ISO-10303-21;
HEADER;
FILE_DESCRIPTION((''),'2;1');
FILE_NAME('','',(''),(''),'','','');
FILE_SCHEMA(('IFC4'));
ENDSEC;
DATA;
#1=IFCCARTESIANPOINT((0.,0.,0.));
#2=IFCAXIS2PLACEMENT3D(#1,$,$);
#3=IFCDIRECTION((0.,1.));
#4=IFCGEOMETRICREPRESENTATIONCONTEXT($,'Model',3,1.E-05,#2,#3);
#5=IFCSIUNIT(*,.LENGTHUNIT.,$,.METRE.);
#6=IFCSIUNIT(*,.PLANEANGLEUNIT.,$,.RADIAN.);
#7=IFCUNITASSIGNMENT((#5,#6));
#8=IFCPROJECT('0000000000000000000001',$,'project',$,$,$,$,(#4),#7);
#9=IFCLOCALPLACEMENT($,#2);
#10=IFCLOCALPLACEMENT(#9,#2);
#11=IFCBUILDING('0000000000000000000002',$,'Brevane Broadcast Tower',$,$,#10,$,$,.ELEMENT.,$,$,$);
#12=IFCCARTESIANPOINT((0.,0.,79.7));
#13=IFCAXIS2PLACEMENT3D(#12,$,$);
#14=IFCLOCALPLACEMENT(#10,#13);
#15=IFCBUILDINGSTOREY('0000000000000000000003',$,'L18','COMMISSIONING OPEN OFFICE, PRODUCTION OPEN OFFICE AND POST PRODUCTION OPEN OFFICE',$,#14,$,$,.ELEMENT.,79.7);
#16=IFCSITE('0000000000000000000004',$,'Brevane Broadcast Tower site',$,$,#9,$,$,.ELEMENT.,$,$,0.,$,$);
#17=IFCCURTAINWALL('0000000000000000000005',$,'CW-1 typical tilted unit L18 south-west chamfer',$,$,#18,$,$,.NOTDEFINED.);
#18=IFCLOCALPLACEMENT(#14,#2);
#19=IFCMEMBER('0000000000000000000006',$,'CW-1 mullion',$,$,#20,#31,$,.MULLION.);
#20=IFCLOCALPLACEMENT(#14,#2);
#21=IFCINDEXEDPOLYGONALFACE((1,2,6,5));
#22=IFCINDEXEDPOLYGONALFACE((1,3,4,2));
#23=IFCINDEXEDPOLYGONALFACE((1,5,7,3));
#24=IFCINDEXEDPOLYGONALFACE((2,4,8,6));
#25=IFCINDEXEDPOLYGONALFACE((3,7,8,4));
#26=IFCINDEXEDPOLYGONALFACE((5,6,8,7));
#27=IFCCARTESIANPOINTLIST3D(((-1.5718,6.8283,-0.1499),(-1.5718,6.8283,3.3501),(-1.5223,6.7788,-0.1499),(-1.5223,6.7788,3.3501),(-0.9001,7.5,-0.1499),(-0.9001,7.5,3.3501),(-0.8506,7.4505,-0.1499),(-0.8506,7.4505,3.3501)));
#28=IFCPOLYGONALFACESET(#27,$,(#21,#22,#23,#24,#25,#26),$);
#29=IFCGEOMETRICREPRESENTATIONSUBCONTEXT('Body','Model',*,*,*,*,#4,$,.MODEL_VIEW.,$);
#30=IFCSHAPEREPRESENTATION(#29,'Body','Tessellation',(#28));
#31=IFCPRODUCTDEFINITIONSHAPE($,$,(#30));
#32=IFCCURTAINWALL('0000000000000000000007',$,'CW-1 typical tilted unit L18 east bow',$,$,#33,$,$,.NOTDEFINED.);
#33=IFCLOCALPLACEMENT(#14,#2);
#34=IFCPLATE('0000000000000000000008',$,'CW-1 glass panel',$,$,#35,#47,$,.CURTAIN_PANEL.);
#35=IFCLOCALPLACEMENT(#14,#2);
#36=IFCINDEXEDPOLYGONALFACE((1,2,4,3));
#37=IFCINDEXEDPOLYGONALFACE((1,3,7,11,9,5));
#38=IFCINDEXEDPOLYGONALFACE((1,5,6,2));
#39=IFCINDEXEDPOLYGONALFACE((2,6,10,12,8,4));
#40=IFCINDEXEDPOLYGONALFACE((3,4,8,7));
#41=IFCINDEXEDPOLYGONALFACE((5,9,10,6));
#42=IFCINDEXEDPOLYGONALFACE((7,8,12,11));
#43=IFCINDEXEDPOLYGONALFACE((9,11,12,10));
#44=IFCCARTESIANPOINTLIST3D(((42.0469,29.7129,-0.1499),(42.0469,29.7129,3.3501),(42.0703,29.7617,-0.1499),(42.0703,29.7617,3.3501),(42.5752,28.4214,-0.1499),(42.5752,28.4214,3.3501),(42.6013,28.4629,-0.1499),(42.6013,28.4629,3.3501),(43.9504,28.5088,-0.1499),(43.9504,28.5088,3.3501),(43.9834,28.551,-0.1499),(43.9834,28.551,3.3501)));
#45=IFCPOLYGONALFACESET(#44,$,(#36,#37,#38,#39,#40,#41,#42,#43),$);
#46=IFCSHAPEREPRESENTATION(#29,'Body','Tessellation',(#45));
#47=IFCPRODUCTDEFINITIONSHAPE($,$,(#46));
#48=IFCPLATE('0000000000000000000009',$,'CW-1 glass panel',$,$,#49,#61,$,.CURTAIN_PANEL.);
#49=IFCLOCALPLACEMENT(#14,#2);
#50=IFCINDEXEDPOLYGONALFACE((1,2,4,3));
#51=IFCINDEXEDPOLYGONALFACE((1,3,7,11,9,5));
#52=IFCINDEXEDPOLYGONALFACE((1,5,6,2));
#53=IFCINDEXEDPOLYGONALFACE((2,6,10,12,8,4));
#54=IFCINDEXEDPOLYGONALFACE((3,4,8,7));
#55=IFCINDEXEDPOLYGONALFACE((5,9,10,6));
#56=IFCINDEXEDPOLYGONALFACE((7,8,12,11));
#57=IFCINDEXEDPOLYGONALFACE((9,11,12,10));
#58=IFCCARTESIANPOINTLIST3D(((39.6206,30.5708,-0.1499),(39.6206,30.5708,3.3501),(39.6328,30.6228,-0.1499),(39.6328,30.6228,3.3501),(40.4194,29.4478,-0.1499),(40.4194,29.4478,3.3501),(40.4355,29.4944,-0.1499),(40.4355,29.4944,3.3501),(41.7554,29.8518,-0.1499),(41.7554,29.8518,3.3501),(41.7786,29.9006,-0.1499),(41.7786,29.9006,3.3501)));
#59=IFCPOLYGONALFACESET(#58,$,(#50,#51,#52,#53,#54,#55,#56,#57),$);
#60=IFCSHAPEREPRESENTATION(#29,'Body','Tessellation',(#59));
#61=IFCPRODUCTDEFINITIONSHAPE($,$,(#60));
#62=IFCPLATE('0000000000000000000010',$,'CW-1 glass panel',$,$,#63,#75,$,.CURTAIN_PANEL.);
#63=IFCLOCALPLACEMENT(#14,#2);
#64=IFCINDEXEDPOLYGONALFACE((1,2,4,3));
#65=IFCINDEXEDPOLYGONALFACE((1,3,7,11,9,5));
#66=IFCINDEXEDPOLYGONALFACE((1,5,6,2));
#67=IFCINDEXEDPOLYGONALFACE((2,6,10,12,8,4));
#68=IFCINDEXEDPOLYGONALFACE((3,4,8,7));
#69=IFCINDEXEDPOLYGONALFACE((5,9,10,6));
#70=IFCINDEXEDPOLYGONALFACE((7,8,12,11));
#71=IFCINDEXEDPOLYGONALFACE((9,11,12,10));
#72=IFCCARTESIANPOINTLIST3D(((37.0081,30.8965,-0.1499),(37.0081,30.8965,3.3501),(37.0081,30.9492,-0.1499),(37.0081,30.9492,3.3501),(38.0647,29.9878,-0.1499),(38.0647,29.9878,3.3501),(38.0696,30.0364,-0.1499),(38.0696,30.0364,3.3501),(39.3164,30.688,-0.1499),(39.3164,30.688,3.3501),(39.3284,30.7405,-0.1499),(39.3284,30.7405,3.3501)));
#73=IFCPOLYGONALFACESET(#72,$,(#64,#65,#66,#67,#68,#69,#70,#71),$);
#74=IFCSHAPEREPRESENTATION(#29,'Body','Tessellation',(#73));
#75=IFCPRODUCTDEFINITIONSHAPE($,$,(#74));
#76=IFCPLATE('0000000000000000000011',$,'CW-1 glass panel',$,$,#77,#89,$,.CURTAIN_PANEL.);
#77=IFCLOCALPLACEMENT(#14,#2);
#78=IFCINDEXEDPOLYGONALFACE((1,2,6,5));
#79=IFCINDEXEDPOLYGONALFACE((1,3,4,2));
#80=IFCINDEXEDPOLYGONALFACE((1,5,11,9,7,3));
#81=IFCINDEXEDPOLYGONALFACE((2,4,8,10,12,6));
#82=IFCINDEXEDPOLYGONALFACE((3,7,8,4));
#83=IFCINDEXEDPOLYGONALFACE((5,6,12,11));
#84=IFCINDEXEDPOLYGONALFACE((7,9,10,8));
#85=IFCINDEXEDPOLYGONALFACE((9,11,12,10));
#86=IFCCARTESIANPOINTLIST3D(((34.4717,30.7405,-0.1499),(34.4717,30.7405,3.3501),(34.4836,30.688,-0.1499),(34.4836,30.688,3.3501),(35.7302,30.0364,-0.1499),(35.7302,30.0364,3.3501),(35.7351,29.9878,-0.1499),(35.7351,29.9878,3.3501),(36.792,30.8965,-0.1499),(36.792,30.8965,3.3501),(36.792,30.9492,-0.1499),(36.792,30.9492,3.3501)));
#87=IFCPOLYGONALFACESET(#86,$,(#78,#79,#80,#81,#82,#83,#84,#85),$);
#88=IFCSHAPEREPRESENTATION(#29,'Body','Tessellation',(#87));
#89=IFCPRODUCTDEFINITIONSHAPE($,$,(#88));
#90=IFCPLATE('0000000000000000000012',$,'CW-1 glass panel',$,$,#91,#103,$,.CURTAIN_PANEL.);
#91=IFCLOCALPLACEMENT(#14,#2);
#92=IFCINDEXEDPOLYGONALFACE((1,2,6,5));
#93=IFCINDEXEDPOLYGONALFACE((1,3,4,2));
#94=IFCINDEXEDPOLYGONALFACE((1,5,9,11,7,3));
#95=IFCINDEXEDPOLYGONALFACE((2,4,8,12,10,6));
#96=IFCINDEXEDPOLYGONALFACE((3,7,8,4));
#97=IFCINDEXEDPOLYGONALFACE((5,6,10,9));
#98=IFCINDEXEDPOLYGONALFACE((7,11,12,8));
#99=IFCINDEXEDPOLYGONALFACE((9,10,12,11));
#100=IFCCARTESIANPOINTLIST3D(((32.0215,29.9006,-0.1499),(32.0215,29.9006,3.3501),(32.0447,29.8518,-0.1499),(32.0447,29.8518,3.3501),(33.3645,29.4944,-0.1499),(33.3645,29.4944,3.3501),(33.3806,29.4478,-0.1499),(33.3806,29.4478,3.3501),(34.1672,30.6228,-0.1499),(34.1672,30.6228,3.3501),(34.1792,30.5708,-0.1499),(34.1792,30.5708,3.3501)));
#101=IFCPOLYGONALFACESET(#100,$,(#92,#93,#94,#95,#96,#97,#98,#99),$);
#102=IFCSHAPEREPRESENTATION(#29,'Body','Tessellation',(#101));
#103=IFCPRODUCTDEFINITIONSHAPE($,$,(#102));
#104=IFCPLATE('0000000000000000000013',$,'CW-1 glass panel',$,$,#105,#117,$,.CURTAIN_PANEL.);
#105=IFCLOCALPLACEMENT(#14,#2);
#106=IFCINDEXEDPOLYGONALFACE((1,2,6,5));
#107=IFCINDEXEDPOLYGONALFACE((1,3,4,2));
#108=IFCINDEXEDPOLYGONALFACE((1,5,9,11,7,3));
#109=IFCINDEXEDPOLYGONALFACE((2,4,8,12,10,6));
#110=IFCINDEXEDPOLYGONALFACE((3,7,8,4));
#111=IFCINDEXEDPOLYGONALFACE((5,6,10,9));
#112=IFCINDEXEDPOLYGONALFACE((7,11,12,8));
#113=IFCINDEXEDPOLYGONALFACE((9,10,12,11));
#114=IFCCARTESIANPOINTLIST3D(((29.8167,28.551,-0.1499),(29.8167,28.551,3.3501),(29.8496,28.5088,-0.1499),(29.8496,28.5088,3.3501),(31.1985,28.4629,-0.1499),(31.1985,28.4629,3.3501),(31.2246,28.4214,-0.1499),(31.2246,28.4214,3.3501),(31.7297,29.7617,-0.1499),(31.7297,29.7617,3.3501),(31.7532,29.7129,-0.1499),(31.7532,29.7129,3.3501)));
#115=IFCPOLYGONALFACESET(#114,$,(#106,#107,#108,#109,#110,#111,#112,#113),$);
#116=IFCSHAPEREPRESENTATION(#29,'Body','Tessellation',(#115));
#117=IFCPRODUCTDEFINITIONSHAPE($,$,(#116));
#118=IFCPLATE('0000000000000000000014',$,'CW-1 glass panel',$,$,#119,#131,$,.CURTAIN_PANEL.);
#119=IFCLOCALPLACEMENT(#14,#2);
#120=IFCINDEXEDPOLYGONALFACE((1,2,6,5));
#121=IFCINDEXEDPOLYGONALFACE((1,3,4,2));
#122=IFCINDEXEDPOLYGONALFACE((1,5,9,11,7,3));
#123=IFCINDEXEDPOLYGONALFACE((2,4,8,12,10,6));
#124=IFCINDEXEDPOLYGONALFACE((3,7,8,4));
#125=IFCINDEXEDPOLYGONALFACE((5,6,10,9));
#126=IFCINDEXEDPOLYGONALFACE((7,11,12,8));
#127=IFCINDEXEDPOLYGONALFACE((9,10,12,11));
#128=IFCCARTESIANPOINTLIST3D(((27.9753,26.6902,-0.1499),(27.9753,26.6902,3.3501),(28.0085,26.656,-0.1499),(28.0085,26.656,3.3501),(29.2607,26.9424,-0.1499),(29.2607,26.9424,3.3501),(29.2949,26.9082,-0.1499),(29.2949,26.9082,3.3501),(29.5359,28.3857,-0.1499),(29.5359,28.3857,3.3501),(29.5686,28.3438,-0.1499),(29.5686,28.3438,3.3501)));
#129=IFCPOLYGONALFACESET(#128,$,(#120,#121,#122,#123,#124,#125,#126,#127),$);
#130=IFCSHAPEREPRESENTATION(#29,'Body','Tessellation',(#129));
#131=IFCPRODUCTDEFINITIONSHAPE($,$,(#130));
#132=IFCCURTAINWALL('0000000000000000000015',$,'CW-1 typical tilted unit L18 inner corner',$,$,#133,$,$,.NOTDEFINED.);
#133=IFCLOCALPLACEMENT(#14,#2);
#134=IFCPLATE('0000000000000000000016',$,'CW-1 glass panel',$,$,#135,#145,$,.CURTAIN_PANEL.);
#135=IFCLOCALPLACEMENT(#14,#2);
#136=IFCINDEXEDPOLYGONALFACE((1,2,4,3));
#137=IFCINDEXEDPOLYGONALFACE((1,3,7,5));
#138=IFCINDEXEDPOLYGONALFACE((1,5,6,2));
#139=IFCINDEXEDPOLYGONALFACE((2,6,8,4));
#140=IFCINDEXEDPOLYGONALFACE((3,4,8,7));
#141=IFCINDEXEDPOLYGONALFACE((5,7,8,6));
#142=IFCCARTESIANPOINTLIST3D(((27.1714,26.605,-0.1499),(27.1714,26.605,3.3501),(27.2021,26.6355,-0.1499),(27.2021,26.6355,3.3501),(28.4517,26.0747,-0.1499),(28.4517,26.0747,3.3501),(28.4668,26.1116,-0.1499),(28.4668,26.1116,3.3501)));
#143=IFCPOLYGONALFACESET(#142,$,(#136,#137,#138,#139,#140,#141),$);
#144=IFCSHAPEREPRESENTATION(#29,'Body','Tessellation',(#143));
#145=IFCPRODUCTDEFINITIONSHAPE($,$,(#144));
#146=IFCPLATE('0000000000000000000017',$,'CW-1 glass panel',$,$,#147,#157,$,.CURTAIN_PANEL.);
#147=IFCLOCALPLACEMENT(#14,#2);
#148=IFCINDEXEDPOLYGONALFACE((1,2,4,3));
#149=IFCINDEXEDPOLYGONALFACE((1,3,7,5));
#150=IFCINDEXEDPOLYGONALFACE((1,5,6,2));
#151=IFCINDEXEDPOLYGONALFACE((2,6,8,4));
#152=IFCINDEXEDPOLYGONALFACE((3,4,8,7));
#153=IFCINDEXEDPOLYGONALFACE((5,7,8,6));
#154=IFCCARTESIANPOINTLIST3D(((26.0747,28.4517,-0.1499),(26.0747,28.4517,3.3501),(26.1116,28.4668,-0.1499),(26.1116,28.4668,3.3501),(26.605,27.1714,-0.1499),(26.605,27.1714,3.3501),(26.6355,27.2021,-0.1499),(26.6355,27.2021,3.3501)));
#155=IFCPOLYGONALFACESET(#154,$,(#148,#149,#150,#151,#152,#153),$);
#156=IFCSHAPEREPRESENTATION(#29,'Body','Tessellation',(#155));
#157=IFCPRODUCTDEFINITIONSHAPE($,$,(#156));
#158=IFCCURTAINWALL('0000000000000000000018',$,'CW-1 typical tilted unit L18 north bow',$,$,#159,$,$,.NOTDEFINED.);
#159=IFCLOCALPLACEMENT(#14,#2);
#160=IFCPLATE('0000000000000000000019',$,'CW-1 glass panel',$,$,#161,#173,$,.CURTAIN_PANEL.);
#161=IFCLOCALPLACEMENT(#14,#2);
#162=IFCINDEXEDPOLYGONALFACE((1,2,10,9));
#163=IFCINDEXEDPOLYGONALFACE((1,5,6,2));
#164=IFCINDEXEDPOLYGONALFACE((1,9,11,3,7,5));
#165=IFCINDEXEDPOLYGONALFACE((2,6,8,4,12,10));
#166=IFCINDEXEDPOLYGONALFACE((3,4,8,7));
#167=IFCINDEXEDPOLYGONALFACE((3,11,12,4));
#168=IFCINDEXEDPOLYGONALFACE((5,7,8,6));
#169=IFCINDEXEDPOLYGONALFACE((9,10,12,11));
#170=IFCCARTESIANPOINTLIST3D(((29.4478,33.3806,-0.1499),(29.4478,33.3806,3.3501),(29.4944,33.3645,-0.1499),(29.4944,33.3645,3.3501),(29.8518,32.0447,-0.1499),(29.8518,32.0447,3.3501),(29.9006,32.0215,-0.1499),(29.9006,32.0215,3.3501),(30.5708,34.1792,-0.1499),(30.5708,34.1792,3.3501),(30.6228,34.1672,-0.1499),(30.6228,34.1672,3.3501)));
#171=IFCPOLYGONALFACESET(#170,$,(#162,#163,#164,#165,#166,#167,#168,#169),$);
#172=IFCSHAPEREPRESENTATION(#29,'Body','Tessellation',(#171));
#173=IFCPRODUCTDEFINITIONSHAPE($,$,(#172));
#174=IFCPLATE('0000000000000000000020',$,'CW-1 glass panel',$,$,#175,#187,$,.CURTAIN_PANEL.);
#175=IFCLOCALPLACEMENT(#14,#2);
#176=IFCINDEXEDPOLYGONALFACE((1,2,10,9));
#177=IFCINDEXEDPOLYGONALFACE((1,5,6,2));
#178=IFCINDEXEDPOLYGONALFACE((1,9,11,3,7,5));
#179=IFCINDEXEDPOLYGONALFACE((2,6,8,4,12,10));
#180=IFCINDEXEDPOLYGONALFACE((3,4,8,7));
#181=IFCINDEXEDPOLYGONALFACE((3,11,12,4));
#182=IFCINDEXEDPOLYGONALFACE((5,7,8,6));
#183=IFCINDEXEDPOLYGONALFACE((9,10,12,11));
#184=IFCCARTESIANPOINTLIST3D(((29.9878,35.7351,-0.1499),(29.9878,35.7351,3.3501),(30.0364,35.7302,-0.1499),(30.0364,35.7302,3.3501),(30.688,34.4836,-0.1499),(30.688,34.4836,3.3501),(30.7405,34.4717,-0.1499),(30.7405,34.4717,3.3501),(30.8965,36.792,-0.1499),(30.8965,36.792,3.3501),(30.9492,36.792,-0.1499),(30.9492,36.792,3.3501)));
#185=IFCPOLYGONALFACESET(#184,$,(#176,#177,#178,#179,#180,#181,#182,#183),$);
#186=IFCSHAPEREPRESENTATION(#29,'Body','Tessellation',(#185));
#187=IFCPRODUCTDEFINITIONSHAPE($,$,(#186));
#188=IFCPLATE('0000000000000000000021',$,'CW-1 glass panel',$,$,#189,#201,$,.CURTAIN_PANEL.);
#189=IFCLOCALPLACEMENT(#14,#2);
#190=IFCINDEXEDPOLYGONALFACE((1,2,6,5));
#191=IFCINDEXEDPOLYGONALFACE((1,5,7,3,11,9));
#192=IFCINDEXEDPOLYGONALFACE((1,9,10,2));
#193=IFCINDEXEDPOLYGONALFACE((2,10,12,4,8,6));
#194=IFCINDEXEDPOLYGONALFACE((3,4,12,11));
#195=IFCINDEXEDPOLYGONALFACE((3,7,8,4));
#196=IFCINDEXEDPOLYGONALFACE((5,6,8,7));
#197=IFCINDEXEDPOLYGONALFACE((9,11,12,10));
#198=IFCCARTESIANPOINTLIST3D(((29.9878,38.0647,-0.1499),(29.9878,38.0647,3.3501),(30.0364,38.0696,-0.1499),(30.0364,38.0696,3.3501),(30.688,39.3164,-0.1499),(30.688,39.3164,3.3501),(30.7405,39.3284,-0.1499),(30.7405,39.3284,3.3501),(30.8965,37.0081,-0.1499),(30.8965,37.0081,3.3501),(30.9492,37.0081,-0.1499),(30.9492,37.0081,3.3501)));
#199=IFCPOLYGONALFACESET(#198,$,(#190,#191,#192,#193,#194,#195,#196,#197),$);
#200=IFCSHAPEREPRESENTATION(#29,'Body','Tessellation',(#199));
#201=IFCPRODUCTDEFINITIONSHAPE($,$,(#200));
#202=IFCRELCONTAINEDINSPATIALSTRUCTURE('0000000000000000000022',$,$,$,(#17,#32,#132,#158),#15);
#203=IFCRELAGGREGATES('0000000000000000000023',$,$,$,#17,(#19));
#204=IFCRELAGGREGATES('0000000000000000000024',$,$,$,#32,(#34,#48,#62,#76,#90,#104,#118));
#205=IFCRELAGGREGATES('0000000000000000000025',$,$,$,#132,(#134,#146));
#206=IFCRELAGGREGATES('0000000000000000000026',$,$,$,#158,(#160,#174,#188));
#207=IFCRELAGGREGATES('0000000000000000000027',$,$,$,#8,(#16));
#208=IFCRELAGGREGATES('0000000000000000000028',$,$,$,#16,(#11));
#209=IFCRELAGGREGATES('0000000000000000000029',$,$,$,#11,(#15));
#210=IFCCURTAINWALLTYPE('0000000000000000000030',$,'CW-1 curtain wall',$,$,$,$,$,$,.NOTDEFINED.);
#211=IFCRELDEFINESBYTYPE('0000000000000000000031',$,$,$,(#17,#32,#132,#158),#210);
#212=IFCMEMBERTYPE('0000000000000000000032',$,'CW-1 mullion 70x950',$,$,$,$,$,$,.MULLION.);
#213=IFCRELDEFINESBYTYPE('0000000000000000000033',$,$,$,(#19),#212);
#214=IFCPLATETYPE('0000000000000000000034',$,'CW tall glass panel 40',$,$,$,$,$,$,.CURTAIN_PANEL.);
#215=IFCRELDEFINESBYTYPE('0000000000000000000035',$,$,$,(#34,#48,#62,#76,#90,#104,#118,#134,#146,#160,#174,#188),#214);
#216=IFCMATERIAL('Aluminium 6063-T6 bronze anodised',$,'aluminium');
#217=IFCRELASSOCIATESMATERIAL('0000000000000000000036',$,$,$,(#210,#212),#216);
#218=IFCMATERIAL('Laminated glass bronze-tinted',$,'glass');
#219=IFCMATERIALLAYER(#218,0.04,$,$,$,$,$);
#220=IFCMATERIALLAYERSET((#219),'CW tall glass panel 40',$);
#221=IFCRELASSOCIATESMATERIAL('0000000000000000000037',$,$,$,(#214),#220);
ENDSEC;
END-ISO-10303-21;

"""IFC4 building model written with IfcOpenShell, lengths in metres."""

from ifc_helpers import new_model, si_unit, direction, frame, origin, origin_2d, place, context, subcontext, project, spatial, polyline, rectangle, outline, extrude, material, layer, layer_set, material_profile, profile_set, type_object, element, aggregate, save


model = new_model("IFC4")

# Units and contexts
model_context = context("Model", 3, precision=1e-05, world=origin(), true_north=direction((0.0, 1.0)))
body_context = subcontext(model_context, "Body", "Model", "MODEL_VIEW")
ifc_project = project(units=[si_unit("LENGTHUNIT", "METRE"), si_unit("PLANEANGLEUNIT", "RADIAN")], contexts=[model_context])

# Site, building, storey
site_placement = place(None, origin())
site = spatial("IfcSite", under=ifc_project, at=site_placement, Name="Brevane Broadcast Tower site", CompositionType="ELEMENT", RefElevation=0.0)
building_placement = place(site_placement, origin())
building = spatial("IfcBuilding", under=site, at=building_placement, Name="Brevane Broadcast Tower", CompositionType="ELEMENT")
storey_placement = place(building_placement, frame((0.0, 0.0, 79.7)))
storey = spatial("IfcBuildingStorey", under=building, at=storey_placement, Name="L18", Description="COMMISSIONING OPEN OFFICE, PRODUCTION OPEN OFFICE AND POST PRODUCTION OPEN OFFICE", CompositionType="ELEMENT", Elevation=79.7)

# Curtain wall, member
ifc_material_1 = material(Name="Aluminium 6063-T6 bronze anodised", Category="aluminium")
curtain_wall_type = type_object("IfcCurtainWallType", Name="CW-1 curtain wall", PredefinedType="NOTDEFINED", material=ifc_material_1)
curtain_wall_1_placement = place(storey_placement, origin())
curtain_wall_1 = element("IfcCurtainWall", 1, at=curtain_wall_1_placement, inside=storey, type_object=curtain_wall_type, Name="CW-1 typical tilted unit L18 south-west chamfer", PredefinedType="NOTDEFINED")
ifc_material_profile = material_profile(ifc_material_1, rectangle(XDim=0.95, YDim=0.0701, at=origin_2d()), Name="RECT 70x950")
ifc_profile_set = profile_set([ifc_material_profile], Name="Aluminium 6063-T6 bronze anodised")
member_type = type_object("IfcMemberType", Name="CW-1 mullion 70x950", PredefinedType="MULLION", material=ifc_profile_set)
member_placement = place(storey_placement, frame((-1.2112, 7.1394, -0.1499), z_axis=(0.0, 0.0, 1.0), x_axis=(0.707107, 0.707107, 0.0)))
member = element("IfcMember", 2, at=member_placement, type_object=member_type, Name="CW-1 mullion", PredefinedType="MULLION", context=body_context, shape_type="SweptSolid", body=[
    extrude(rectangle(XDim=0.95, YDim=0.0701, at=origin_2d()), origin(), (0.0, 0.0, 1.0), 3.5),
])
aggregate(curtain_wall_1, [member])

# Curtain walls, plates
curtain_wall_2_placement = place(storey_placement, origin())
curtain_wall_2 = element("IfcCurtainWall", 3, at=curtain_wall_2_placement, inside=storey, type_object=curtain_wall_type, Name="CW-1 typical tilted unit L18 east bow", PredefinedType="NOTDEFINED")
ifc_material_2 = material(Name="Laminated glass bronze-tinted", Category="glass")
ifc_layer_1 = layer(ifc_material_2, 0.04)
ifc_layer_set_1 = layer_set([ifc_layer_1], Name="CW tall glass panel 40")
plate_type = type_object("IfcPlateType", Name="CW tall glass panel 40", PredefinedType="CURTAIN_PANEL", material=ifc_layer_set_1)
plate_1_placement = place(storey_placement, frame((0.0, 0.0, -0.1499)))
plate_1 = element("IfcPlate", 4, at=plate_1_placement, type_object=plate_type, Name="CW-1 glass panel", PredefinedType="CURTAIN_PANEL", context=body_context, shape_type="SweptSolid", body=[
    extrude(outline(polyline([(43.9504, 28.5088), (43.9834, 28.551), (42.6013, 28.4629), (42.0703, 29.7617), (42.0469, 29.7129), (42.5752, 28.4214), (43.9504, 28.5088)])), origin(), (0.0, 0.0, 1.0), 3.5),
])
plate_2_placement = place(storey_placement, frame((0.0, 0.0, -0.1499)))
plate_2 = element("IfcPlate", 5, at=plate_2_placement, type_object=plate_type, Name="CW-1 glass panel", PredefinedType="CURTAIN_PANEL", context=body_context, shape_type="SweptSolid", body=[
    extrude(outline(polyline([(41.7554, 29.8518), (41.7786, 29.9006), (40.4355, 29.4944), (39.6328, 30.6228), (39.6206, 30.5708), (40.4194, 29.4478), (41.7554, 29.8518)])), origin(), (0.0, 0.0, 1.0), 3.5),
])
plate_3_placement = place(storey_placement, frame((0.0, 0.0, -0.1499)))
plate_3 = element("IfcPlate", 6, at=plate_3_placement, type_object=plate_type, Name="CW-1 glass panel", PredefinedType="CURTAIN_PANEL", context=body_context, shape_type="SweptSolid", body=[
    extrude(outline(polyline([(39.3164, 30.688), (39.3284, 30.7405), (38.0696, 30.0364), (37.0081, 30.9492), (37.0081, 30.8965), (38.0647, 29.9878), (39.3164, 30.688)])), origin(), (0.0, 0.0, 1.0), 3.5),
])
plate_4_placement = place(storey_placement, frame((0.0, 0.0, -0.1499)))
plate_4 = element("IfcPlate", 7, at=plate_4_placement, type_object=plate_type, Name="CW-1 glass panel", PredefinedType="CURTAIN_PANEL", context=body_context, shape_type="SweptSolid", body=[
    extrude(outline(polyline([(36.792, 30.8965), (36.792, 30.9492), (35.7302, 30.0364), (34.4717, 30.7405), (34.4836, 30.688), (35.7351, 29.9878), (36.792, 30.8965)])), origin(), (0.0, 0.0, 1.0), 3.5),
])
plate_5_placement = place(storey_placement, frame((0.0, 0.0, -0.1499)))
plate_5 = element("IfcPlate", 8, at=plate_5_placement, type_object=plate_type, Name="CW-1 glass panel", PredefinedType="CURTAIN_PANEL", context=body_context, shape_type="SweptSolid", body=[
    extrude(outline(polyline([(34.1792, 30.5708), (34.1672, 30.6228), (33.3645, 29.4944), (32.0215, 29.9006), (32.0447, 29.8518), (33.3806, 29.4478), (34.1792, 30.5708)])), origin(), (0.0, 0.0, 1.0), 3.5),
])
plate_6_placement = place(storey_placement, frame((0.0, 0.0, -0.1499)))
plate_6 = element("IfcPlate", 9, at=plate_6_placement, type_object=plate_type, Name="CW-1 glass panel", PredefinedType="CURTAIN_PANEL", context=body_context, shape_type="SweptSolid", body=[
    extrude(outline(polyline([(31.7532, 29.7129), (31.7297, 29.7617), (31.1985, 28.4629), (29.8167, 28.551), (29.8496, 28.5088), (31.2246, 28.4214), (31.7532, 29.7129)])), origin(), (0.0, 0.0, 1.0), 3.5),
])
plate_7_placement = place(storey_placement, frame((0.0, 0.0, -0.1499)))
plate_7 = element("IfcPlate", 10, at=plate_7_placement, type_object=plate_type, Name="CW-1 glass panel", PredefinedType="CURTAIN_PANEL", context=body_context, shape_type="SweptSolid", body=[
    extrude(outline(polyline([(29.5686, 28.3438), (29.5359, 28.3857), (29.2607, 26.9424), (27.9753, 26.6902), (28.0085, 26.656), (29.2949, 26.9082), (29.5686, 28.3438)])), origin(), (0.0, 0.0, 1.0), 3.5),
])
aggregate(curtain_wall_2, [plate_1, plate_2, plate_3, plate_4, plate_5, plate_6, plate_7])
curtain_wall_3_placement = place(storey_placement, origin())
curtain_wall_3 = element("IfcCurtainWall", 11, at=curtain_wall_3_placement, inside=storey, type_object=curtain_wall_type, Name="CW-1 typical tilted unit L18 inner corner", PredefinedType="NOTDEFINED")
plate_8_placement = place(storey_placement, frame((0.0, 0.0, -0.1499)))
plate_8 = element("IfcPlate", 12, at=plate_8_placement, type_object=plate_type, Name="CW-1 glass panel", PredefinedType="CURTAIN_PANEL", context=body_context, shape_type="SweptSolid", body=[
    extrude(outline(polyline([(28.4517, 26.0747), (28.4668, 26.1116), (27.2021, 26.6355), (27.1714, 26.605), (28.4517, 26.0747)])), origin(), (0.0, 0.0, 1.0), 3.5),
])
plate_9_placement = place(storey_placement, frame((0.0, 0.0, -0.1499)))
plate_9 = element("IfcPlate", 13, at=plate_9_placement, type_object=plate_type, Name="CW-1 glass panel", PredefinedType="CURTAIN_PANEL", context=body_context, shape_type="SweptSolid", body=[
    extrude(outline(polyline([(26.605, 27.1714), (26.6355, 27.2021), (26.1116, 28.4668), (26.0747, 28.4517), (26.605, 27.1714)])), origin(), (0.0, 0.0, 1.0), 3.5),
])
aggregate(curtain_wall_3, [plate_8, plate_9])
curtain_wall_4_placement = place(storey_placement, origin())
curtain_wall_4 = element("IfcCurtainWall", 14, at=curtain_wall_4_placement, inside=storey, type_object=curtain_wall_type, Name="CW-1 typical tilted unit L18 north bow", PredefinedType="NOTDEFINED")
plate_10_placement = place(storey_placement, frame((0.0, 0.0, -0.1499)))
plate_10 = element("IfcPlate", 15, at=plate_10_placement, type_object=plate_type, Name="CW-1 glass panel", PredefinedType="CURTAIN_PANEL", context=body_context, shape_type="SweptSolid", body=[
    extrude(outline(polyline([(29.8518, 32.0447), (29.9006, 32.0215), (29.4944, 33.3645), (30.6228, 34.1672), (30.5708, 34.1792), (29.4478, 33.3806), (29.8518, 32.0447)])), origin(), (0.0, 0.0, 1.0), 3.5),
])
plate_11_placement = place(storey_placement, frame((0.0, 0.0, -0.1499)))
plate_11 = element("IfcPlate", 16, at=plate_11_placement, type_object=plate_type, Name="CW-1 glass panel", PredefinedType="CURTAIN_PANEL", context=body_context, shape_type="SweptSolid", body=[
    extrude(outline(polyline([(30.688, 34.4836), (30.7405, 34.4717), (30.0364, 35.7302), (30.9492, 36.792), (30.8965, 36.792), (29.9878, 35.7351), (30.688, 34.4836)])), origin(), (0.0, 0.0, 1.0), 3.5),
])
plate_12_placement = place(storey_placement, frame((0.0, 0.0, -0.1499)))
plate_12 = element("IfcPlate", 17, at=plate_12_placement, type_object=plate_type, Name="CW-1 glass panel", PredefinedType="CURTAIN_PANEL", context=body_context, shape_type="SweptSolid", body=[
    extrude(outline(polyline([(30.8965, 37.0081), (30.9492, 37.0081), (30.0364, 38.0696), (30.7405, 39.3284), (30.688, 39.3164), (29.9878, 38.0647), (30.8965, 37.0081)])), origin(), (0.0, 0.0, 1.0), 3.5),
])

aggregate(curtain_wall_4, [plate_10, plate_11, plate_12])

save(model, "model.ifc")
